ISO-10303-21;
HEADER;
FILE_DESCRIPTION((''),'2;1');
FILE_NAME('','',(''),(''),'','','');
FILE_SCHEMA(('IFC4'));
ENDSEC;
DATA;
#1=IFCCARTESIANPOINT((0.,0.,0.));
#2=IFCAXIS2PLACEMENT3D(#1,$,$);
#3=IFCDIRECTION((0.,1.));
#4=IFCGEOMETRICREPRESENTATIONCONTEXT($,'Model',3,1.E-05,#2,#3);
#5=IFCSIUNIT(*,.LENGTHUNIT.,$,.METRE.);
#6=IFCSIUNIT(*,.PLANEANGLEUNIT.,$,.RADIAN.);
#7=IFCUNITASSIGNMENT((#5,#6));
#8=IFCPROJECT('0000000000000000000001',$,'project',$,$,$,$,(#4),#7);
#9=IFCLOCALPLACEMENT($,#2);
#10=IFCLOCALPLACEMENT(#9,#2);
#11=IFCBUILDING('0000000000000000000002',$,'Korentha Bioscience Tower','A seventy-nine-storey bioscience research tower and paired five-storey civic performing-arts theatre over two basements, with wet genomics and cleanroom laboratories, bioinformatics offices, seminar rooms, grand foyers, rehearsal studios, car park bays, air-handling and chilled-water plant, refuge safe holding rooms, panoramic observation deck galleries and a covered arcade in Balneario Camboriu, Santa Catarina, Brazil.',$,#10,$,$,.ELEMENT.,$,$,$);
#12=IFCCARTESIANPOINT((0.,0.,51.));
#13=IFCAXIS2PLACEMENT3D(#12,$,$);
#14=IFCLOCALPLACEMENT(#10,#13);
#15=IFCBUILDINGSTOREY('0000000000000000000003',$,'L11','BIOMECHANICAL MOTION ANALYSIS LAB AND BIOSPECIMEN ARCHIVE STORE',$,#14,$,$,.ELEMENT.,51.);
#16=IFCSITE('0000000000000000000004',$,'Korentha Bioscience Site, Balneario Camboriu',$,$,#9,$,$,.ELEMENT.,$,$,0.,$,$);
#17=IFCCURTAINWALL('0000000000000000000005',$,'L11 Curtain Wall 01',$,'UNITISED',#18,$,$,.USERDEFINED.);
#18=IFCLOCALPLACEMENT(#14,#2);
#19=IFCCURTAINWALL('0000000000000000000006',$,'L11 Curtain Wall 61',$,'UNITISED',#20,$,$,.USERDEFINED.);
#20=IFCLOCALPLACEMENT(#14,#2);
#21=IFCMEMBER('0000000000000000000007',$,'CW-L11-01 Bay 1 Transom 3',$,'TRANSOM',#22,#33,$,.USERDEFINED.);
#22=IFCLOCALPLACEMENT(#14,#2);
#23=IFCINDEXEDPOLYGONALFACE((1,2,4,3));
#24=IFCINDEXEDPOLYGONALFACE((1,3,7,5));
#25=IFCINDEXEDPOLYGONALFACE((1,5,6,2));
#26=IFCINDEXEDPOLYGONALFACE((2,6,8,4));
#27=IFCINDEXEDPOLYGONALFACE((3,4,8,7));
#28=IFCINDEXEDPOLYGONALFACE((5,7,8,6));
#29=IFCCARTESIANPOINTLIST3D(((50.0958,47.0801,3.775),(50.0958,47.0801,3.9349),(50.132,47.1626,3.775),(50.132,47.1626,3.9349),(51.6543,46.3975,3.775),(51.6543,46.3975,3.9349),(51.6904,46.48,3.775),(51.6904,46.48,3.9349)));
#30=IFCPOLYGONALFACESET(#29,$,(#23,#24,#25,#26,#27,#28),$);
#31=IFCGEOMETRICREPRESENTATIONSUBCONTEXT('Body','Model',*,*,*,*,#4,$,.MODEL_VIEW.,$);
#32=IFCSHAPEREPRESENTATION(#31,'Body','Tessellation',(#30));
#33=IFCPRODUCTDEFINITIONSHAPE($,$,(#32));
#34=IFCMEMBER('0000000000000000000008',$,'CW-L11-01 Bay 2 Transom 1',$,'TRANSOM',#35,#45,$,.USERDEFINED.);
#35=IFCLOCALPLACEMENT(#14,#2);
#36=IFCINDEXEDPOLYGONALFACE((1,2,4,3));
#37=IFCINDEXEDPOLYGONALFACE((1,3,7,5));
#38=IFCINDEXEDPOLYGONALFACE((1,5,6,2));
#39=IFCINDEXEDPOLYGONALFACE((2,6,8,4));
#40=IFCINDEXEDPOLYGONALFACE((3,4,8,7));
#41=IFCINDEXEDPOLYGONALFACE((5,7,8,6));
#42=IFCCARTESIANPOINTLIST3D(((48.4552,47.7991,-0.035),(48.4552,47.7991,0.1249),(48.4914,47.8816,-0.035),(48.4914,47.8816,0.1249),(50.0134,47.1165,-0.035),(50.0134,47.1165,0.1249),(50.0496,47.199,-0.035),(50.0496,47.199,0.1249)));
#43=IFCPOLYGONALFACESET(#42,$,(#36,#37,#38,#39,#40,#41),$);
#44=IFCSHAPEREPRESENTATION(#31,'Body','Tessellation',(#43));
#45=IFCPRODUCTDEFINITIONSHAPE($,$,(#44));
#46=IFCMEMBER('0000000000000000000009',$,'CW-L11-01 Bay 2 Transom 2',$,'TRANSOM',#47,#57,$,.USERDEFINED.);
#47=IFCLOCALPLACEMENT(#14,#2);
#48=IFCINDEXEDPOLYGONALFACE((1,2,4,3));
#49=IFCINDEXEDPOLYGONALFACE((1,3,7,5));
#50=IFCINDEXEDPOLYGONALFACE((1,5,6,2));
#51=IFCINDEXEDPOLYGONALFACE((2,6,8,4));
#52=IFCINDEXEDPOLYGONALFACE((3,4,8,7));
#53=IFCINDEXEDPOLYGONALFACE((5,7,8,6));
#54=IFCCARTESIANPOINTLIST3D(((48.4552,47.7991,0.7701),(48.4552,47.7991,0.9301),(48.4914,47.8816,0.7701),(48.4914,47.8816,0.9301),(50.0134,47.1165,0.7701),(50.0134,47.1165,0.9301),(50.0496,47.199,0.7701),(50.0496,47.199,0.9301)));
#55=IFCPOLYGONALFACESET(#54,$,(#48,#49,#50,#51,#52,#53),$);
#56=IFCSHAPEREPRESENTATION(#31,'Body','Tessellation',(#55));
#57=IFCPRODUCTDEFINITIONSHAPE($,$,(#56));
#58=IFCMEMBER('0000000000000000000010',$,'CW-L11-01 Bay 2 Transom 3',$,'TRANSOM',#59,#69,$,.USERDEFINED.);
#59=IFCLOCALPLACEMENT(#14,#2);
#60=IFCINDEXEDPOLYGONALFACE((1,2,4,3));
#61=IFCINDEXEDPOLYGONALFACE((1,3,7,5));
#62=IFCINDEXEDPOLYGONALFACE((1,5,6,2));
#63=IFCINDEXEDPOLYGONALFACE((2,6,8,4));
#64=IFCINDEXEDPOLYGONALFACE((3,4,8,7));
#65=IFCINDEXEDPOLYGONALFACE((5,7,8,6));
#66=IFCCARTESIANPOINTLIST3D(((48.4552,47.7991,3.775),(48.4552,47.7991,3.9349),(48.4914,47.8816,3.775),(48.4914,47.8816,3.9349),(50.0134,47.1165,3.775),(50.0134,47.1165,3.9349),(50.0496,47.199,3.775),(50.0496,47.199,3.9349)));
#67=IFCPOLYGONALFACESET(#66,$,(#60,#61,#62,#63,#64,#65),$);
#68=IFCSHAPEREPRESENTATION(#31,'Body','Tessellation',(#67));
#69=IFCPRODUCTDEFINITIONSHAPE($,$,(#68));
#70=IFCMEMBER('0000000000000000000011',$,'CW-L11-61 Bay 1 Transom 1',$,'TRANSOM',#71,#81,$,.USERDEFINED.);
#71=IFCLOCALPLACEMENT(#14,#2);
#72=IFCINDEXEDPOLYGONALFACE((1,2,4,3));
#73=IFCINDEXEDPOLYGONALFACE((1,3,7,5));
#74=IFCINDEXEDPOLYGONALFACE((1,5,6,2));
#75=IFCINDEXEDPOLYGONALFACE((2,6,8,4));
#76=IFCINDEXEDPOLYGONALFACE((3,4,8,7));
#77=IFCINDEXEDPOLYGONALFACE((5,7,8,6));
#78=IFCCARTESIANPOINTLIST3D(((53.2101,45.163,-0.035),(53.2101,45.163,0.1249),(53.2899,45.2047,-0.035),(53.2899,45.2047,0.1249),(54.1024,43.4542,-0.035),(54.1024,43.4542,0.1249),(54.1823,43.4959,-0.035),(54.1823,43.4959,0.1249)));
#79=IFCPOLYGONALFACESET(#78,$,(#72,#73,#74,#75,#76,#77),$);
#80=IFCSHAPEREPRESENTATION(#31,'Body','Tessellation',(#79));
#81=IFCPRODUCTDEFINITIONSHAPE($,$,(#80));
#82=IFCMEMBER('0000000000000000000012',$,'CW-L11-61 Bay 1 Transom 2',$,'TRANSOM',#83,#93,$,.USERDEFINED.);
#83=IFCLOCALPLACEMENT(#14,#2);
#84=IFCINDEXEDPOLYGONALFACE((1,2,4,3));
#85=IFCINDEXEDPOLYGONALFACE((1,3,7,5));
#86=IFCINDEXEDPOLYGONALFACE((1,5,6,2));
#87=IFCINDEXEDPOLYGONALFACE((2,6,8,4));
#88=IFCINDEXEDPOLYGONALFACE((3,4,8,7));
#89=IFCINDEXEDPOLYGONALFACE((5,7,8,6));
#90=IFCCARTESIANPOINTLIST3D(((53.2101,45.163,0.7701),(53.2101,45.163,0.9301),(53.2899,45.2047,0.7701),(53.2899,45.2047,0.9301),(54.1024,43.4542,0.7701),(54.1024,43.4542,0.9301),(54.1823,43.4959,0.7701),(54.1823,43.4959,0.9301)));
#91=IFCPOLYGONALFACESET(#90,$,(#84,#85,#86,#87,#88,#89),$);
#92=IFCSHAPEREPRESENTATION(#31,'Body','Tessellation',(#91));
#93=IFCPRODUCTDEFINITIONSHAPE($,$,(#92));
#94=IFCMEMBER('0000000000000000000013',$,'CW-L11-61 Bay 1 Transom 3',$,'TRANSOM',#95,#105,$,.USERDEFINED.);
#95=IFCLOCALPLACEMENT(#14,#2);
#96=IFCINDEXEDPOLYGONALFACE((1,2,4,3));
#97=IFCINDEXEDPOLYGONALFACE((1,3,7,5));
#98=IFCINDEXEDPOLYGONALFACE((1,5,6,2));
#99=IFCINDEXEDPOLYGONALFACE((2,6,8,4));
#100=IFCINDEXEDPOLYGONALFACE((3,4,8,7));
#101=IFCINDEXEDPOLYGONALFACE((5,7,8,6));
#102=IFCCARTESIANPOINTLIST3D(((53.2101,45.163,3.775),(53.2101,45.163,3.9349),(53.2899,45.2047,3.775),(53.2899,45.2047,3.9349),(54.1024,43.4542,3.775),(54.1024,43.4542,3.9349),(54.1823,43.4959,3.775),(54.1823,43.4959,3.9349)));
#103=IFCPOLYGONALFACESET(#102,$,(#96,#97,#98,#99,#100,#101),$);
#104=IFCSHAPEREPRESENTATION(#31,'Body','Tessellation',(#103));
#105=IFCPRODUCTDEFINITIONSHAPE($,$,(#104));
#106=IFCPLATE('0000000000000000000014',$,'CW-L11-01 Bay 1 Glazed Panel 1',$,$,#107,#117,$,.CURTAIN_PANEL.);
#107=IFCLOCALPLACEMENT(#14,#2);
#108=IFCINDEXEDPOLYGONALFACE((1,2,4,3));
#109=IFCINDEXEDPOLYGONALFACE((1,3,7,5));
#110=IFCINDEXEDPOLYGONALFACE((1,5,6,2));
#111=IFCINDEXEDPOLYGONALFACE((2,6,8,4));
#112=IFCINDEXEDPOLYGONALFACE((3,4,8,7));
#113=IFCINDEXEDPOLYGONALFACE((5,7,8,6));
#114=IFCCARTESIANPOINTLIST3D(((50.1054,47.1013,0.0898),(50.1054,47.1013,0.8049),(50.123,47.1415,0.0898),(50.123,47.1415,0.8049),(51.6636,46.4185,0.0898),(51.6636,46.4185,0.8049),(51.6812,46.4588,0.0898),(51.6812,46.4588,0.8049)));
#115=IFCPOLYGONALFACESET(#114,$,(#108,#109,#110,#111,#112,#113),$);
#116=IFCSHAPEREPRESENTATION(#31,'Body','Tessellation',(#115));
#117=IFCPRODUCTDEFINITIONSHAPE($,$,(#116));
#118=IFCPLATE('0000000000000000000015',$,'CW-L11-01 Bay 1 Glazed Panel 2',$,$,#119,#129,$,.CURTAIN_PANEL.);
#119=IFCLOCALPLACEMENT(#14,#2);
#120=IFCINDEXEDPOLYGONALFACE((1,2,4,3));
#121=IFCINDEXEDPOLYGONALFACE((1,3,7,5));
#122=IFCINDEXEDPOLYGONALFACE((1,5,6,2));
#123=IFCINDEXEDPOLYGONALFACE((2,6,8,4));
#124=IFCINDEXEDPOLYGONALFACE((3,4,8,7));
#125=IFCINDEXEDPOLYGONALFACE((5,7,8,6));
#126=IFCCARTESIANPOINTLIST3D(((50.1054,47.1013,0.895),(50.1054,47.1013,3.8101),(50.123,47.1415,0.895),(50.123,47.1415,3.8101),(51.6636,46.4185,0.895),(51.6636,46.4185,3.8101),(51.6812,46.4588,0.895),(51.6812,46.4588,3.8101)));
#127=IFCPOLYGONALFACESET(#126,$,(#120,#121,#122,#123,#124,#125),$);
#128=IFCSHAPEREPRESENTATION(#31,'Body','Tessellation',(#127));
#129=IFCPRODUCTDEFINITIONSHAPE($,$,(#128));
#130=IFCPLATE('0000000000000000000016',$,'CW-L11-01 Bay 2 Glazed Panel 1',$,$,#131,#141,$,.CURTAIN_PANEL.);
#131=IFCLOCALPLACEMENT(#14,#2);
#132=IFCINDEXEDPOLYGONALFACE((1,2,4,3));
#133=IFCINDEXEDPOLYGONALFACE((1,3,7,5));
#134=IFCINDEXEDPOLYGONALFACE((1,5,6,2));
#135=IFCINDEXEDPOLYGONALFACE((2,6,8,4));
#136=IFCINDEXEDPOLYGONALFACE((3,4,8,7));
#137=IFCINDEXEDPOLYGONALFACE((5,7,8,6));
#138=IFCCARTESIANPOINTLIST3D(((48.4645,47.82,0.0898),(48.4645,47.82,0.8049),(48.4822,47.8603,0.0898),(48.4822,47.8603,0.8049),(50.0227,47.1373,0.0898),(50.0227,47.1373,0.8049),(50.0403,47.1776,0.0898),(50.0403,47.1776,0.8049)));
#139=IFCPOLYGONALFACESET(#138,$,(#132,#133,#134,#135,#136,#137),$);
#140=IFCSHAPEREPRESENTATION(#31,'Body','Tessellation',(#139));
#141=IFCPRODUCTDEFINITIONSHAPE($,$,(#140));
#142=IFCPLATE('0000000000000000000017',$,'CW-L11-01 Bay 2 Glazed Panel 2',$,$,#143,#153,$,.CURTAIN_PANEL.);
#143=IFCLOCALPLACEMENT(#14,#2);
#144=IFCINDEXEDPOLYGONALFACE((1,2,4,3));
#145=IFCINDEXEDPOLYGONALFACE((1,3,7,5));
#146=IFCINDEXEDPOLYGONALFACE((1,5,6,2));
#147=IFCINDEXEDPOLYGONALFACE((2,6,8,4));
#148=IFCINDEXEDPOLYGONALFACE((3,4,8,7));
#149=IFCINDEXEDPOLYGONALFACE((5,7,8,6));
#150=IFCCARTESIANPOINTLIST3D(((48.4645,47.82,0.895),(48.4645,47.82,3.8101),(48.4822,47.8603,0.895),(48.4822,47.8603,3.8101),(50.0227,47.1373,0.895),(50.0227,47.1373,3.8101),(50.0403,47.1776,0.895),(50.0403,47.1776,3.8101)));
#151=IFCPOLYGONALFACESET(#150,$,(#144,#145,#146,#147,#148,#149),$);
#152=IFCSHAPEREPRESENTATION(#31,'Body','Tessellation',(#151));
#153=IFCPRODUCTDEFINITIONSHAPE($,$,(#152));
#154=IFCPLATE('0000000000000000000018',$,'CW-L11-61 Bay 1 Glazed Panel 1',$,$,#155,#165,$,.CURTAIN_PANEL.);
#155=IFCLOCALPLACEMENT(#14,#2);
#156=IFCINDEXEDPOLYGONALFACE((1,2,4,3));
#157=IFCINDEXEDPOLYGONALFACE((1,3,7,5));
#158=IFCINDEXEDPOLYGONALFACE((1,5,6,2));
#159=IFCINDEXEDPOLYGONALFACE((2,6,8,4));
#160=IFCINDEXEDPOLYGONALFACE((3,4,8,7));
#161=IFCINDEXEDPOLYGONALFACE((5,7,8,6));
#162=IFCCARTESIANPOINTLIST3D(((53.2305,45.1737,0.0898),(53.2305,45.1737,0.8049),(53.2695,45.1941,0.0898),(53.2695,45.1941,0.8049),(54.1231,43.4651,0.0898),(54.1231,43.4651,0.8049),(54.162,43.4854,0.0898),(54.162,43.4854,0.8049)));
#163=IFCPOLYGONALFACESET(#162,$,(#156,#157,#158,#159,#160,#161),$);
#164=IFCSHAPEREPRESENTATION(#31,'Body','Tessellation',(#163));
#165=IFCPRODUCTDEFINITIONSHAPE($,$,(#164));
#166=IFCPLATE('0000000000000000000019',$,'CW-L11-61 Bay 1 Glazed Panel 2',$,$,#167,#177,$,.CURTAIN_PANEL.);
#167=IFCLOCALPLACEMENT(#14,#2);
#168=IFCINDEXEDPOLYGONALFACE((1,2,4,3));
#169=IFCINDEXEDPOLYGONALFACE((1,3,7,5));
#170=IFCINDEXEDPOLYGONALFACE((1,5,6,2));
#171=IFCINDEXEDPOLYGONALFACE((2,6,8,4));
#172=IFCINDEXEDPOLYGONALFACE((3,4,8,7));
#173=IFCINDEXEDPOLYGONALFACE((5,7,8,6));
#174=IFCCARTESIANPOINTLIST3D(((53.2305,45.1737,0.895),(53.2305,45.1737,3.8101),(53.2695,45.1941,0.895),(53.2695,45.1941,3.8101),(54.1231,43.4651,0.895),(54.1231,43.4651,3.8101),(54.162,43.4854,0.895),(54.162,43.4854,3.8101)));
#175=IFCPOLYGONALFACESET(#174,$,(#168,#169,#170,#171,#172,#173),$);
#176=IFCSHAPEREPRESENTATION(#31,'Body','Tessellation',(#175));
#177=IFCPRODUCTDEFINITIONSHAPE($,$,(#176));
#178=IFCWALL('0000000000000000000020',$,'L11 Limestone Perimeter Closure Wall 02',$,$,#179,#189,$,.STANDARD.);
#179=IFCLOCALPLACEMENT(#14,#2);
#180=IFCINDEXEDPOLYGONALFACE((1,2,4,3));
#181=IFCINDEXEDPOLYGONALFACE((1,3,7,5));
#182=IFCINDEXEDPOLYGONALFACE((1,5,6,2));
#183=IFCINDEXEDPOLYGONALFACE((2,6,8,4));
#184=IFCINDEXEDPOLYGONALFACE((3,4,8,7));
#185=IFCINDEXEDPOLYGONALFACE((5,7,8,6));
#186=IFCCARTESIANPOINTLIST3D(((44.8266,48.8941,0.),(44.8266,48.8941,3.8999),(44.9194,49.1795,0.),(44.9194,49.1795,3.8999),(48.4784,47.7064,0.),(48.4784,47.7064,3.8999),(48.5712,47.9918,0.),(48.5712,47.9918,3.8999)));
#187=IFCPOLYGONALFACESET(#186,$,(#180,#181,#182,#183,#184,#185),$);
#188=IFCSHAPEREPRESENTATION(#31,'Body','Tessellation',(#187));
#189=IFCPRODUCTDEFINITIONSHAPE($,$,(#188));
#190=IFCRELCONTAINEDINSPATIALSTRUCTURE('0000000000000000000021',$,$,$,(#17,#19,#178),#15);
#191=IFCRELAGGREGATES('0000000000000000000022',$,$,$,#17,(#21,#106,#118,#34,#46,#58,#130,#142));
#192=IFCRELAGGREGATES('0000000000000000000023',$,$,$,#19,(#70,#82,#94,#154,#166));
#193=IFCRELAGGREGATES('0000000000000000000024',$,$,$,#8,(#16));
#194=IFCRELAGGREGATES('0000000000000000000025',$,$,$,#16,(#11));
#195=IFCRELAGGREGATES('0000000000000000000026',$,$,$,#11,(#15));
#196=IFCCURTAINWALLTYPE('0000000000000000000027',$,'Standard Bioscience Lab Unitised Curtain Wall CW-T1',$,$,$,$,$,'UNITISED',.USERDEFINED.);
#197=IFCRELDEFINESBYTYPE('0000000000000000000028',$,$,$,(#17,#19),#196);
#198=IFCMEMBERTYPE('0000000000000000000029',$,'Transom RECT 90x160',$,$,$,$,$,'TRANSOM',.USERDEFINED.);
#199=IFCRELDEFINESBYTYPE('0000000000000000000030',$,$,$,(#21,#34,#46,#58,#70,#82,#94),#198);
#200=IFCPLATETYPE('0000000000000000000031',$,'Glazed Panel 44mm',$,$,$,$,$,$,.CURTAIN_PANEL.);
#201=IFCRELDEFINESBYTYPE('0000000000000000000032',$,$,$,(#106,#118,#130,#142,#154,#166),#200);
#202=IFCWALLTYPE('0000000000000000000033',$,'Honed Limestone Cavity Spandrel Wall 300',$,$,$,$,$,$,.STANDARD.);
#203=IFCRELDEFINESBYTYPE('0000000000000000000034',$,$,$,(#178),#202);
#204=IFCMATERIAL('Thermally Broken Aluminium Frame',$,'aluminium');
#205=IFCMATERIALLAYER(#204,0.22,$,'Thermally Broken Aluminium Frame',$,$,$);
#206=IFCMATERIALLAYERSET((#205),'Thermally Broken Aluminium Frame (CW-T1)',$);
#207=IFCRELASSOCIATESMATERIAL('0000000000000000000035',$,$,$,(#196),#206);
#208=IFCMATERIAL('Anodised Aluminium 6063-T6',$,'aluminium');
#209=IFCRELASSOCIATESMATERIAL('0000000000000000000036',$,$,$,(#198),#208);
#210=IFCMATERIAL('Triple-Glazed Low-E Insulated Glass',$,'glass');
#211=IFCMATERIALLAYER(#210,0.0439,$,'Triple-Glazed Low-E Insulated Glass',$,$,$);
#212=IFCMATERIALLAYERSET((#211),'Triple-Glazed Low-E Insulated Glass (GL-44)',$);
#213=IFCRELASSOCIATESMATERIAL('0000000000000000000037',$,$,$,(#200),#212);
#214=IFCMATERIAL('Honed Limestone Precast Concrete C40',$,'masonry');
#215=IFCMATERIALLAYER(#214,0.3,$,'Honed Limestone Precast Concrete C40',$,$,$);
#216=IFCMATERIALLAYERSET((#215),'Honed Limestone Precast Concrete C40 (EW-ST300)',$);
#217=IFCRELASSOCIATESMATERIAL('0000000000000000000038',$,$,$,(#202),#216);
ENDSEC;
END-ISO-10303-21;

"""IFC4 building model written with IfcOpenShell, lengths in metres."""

from ifc_helpers import new_model, si_unit, direction, frame, frame_2d, origin, origin_2d, place, context, subcontext, project, spatial, rectangle, extrude, material, layer, layer_set, material_profile, profile_set, type_object, element, aggregate, save


model = new_model("IFC4")

# Units and contexts
model_context = context("Model", 3, precision=1e-05, world=origin(), true_north=direction((0.0, 1.0)))
body_context = subcontext(model_context, "Body", "Model", "MODEL_VIEW")
ifc_project = project(units=[si_unit("LENGTHUNIT", "METRE"), si_unit("PLANEANGLEUNIT", "RADIAN")], contexts=[model_context])

# Site, building, storey
site_placement = place(None, origin())
site = spatial("IfcSite", under=ifc_project, at=site_placement, Name="Korentha Bioscience Site, Balneario Camboriu", CompositionType="ELEMENT", RefElevation=0.0)
building_placement = place(site_placement, origin())
building = spatial("IfcBuilding", under=site, at=building_placement, Name="Korentha Bioscience Tower", Description="A seventy-nine-storey bioscience research tower and paired five-storey civic performing-arts theatre over two basements, with wet genomics and cleanroom laboratories, bioinformatics offices, seminar rooms, grand foyers, rehearsal studios, car park bays, air-handling and chilled-water plant, refuge safe holding rooms, panoramic observation deck galleries and a covered arcade in Balneario Camboriu, Santa Catarina, Brazil.", CompositionType="ELEMENT")
storey_placement = place(building_placement, frame((0.0, 0.0, 51.0)))
storey = spatial("IfcBuildingStorey", under=building, at=storey_placement, Name="L11", Description="BIOMECHANICAL MOTION ANALYSIS LAB AND BIOSPECIMEN ARCHIVE STORE", CompositionType="ELEMENT", Elevation=51.0)

# Curtain walls
ifc_material_1 = material(Name="Thermally Broken Aluminium Frame", Category="aluminium")
ifc_layer_1 = layer(ifc_material_1, 0.22, Name="Thermally Broken Aluminium Frame")
ifc_layer_set_1 = layer_set([ifc_layer_1], Name="Thermally Broken Aluminium Frame (CW-T1)")
curtain_wall_type = type_object("IfcCurtainWallType", Name="Standard Bioscience Lab Unitised Curtain Wall CW-T1", ElementType="UNITISED", PredefinedType="USERDEFINED", material=ifc_layer_set_1)
curtain_wall_1_placement = place(storey_placement, origin())
curtain_wall_1 = element("IfcCurtainWall", 1, at=curtain_wall_1_placement, inside=storey, type_object=curtain_wall_type, Name="L11 Curtain Wall 01", ObjectType="UNITISED", PredefinedType="USERDEFINED")
ifc_material_2 = material(Name="Anodised Aluminium 6063-T6", Category="aluminium")
curtain_wall_2_placement = place(storey_placement, origin())
curtain_wall_2 = element("IfcCurtainWall", 2, at=curtain_wall_2_placement, inside=storey, type_object=curtain_wall_type, Name="L11 Curtain Wall 61", ObjectType="UNITISED", PredefinedType="USERDEFINED")

# Members
ifc_material_profile_1 = material_profile(ifc_material_2, rectangle(XDim=0.0901, YDim=0.1599, at=origin_2d()), Name="Anodised Aluminium 6063-T6")
ifc_profile_set_1 = profile_set([ifc_material_profile_1], Name="Anodised Aluminium 6063-T6 (CW-TRN)")
member_type_1 = type_object("IfcMemberType", Name="Transom RECT 90x160", ElementType="TRANSOM", PredefinedType="USERDEFINED", material=ifc_profile_set_1)
member_1_placement = place(storey_placement, frame((51.6724, 46.4387, 3.855), z_axis=(-0.915976, 0.401233, 0.0), x_axis=(-0.401233, -0.915976, 0.0)))
member_1 = element("IfcMember", 3, at=member_1_placement, type_object=member_type_1, Name="CW-L11-01 Bay 1 Transom 3", ObjectType="TRANSOM", PredefinedType="USERDEFINED", context=body_context, shape_type="SweptSolid", body=[
    extrude(rectangle(XDim=0.0901, YDim=0.1599, at=origin_2d()), origin(), (0.0, 0.0, 1.0), 1.7014),
])
member_2_placement = place(storey_placement, frame((50.0315, 47.1577, 0.0449), z_axis=(-0.915953, 0.401286, 0.0), x_axis=(-0.401286, -0.915953, 0.0)))
member_2 = element("IfcMember", 4, at=member_2_placement, type_object=member_type_1, Name="CW-L11-01 Bay 2 Transom 1", ObjectType="TRANSOM", PredefinedType="USERDEFINED", context=body_context, shape_type="SweptSolid", body=[
    extrude(rectangle(XDim=0.0901, YDim=0.1599, at=origin_2d()), origin(), (0.0, 0.0, 1.0), 1.7012),
])
member_3_placement = place(storey_placement, frame((50.0315, 47.1577, 0.8501), z_axis=(-0.915953, 0.401286, 0.0), x_axis=(-0.401286, -0.915953, 0.0)))
member_3 = element("IfcMember", 5, at=member_3_placement, type_object=member_type_1, Name="CW-L11-01 Bay 2 Transom 2", ObjectType="TRANSOM", PredefinedType="USERDEFINED", context=body_context, shape_type="SweptSolid", body=[
    extrude(rectangle(XDim=0.0901, YDim=0.1599, at=origin_2d()), origin(), (0.0, 0.0, 1.0), 1.7012),
])
member_4_placement = place(storey_placement, frame((50.0315, 47.1577, 3.855), z_axis=(-0.915953, 0.401286, 0.0), x_axis=(-0.401286, -0.915953, 0.0)))
member_4 = element("IfcMember", 6, at=member_4_placement, type_object=member_type_1, Name="CW-L11-01 Bay 2 Transom 3", ObjectType="TRANSOM", PredefinedType="USERDEFINED", context=body_context, shape_type="SweptSolid", body=[
    extrude(rectangle(XDim=0.0901, YDim=0.1599, at=origin_2d()), origin(), (0.0, 0.0, 1.0), 1.7012),
])
member_5_placement = place(storey_placement, frame((54.1423, 43.4751, 0.0449), z_axis=(-0.462899, 0.886411, 0.0), x_axis=(-0.886411, -0.462899, 0.0)))
member_5 = element("IfcMember", 7, at=member_5_placement, type_object=member_type_1, Name="CW-L11-61 Bay 1 Transom 1", ObjectType="TRANSOM", PredefinedType="USERDEFINED", context=body_context, shape_type="SweptSolid", body=[
    extrude(rectangle(XDim=0.0901, YDim=0.1599, at=origin_2d()), origin(), (0.0, 0.0, 1.0), 1.9277),
])
member_6_placement = place(storey_placement, frame((54.1423, 43.4751, 0.8501), z_axis=(-0.462899, 0.886411, 0.0), x_axis=(-0.886411, -0.462899, 0.0)))
member_6 = element("IfcMember", 8, at=member_6_placement, type_object=member_type_1, Name="CW-L11-61 Bay 1 Transom 2", ObjectType="TRANSOM", PredefinedType="USERDEFINED", context=body_context, shape_type="SweptSolid", body=[
    extrude(rectangle(XDim=0.0901, YDim=0.1599, at=origin_2d()), origin(), (0.0, 0.0, 1.0), 1.9277),
])
member_7_placement = place(storey_placement, frame((54.1423, 43.4751, 3.855), z_axis=(-0.462899, 0.886411, 0.0), x_axis=(-0.886411, -0.462899, 0.0)))
member_7 = element("IfcMember", 9, at=member_7_placement, type_object=member_type_1, Name="CW-L11-61 Bay 1 Transom 3", ObjectType="TRANSOM", PredefinedType="USERDEFINED", context=body_context, shape_type="SweptSolid", body=[
    extrude(rectangle(XDim=0.0901, YDim=0.1599, at=origin_2d()), origin(), (0.0, 0.0, 1.0), 1.9277),
])

# Plates
ifc_material_3 = material(Name="Triple-Glazed Low-E Insulated Glass", Category="glass")
ifc_layer_2 = layer(ifc_material_3, 0.0439, Name="Triple-Glazed Low-E Insulated Glass")
ifc_layer_set_2 = layer_set([ifc_layer_2], Name="Triple-Glazed Low-E Insulated Glass (GL-44)")
plate_type = type_object("IfcPlateType", Name="Glazed Panel 44mm", PredefinedType="CURTAIN_PANEL", material=ifc_layer_set_2)
plate_1_placement = place(storey_placement, frame((50.8933, 46.78, 0.0898), z_axis=(0.0, 0.0, 1.0), x_axis=(-0.915939, 0.401317, 0.0)))
plate_1 = element("IfcPlate", 10, at=plate_1_placement, type_object=plate_type, Name="CW-L11-01 Bay 1 Glazed Panel 1", PredefinedType="CURTAIN_PANEL", context=body_context, shape_type="SweptSolid", body=[
    extrude(rectangle(XDim=1.7012, YDim=0.0439, at=origin_2d()), origin(), (0.0, 0.0, 1.0), 0.7151),
])
plate_2_placement = place(storey_placement, frame((50.8933, 46.78, 0.895), z_axis=(0.0, 0.0, 1.0), x_axis=(-0.915939, 0.401317, 0.0)))
plate_2 = element("IfcPlate", 11, at=plate_2_placement, type_object=plate_type, Name="CW-L11-01 Bay 1 Glazed Panel 2", PredefinedType="CURTAIN_PANEL", context=body_context, shape_type="SweptSolid", body=[
    extrude(rectangle(XDim=1.7012, YDim=0.0439, at=origin_2d()), origin(), (0.0, 0.0, 1.0), 2.915),
])
plate_3_placement = place(storey_placement, frame((49.2524, 47.4988, 0.0898), z_axis=(0.0, 0.0, 1.0), x_axis=(-0.915939, 0.401317, 0.0)))
plate_3 = element("IfcPlate", 12, at=plate_3_placement, type_object=plate_type, Name="CW-L11-01 Bay 2 Glazed Panel 1", PredefinedType="CURTAIN_PANEL", context=body_context, shape_type="SweptSolid", body=[
    extrude(rectangle(XDim=1.7012, YDim=0.0439, at=origin_2d()), origin(), (0.0, 0.0, 1.0), 0.7151),
])
plate_4_placement = place(storey_placement, frame((49.2524, 47.4988, 0.895), z_axis=(0.0, 0.0, 1.0), x_axis=(-0.915939, 0.401317, 0.0)))
plate_4 = element("IfcPlate", 13, at=plate_4_placement, type_object=plate_type, Name="CW-L11-01 Bay 2 Glazed Panel 2", PredefinedType="CURTAIN_PANEL", context=body_context, shape_type="SweptSolid", body=[
    extrude(rectangle(XDim=1.7012, YDim=0.0439, at=origin_2d()), origin(), (0.0, 0.0, 1.0), 2.915),
])
aggregate(curtain_wall_1, [member_1, plate_1, plate_2, member_2, member_3, member_4, plate_3, plate_4])
plate_5_placement = place(storey_placement, frame((53.6963, 44.3296, 0.0898), z_axis=(0.0, 0.0, 1.0), x_axis=(-0.463009, 0.886354, 0.0)))
plate_5 = element("IfcPlate", 14, at=plate_5_placement, type_object=plate_type, Name="CW-L11-61 Bay 1 Glazed Panel 1", PredefinedType="CURTAIN_PANEL", context=body_context, shape_type="SweptSolid", body=[
    extrude(rectangle(XDim=1.9277, YDim=0.0439, at=origin_2d()), origin(), (0.0, 0.0, 1.0), 0.7151),
])
plate_6_placement = place(storey_placement, frame((53.6963, 44.3296, 0.895), z_axis=(0.0, 0.0, 1.0), x_axis=(-0.463009, 0.886354, 0.0)))
plate_6 = element("IfcPlate", 15, at=plate_6_placement, type_object=plate_type, Name="CW-L11-61 Bay 1 Glazed Panel 2", PredefinedType="CURTAIN_PANEL", context=body_context, shape_type="SweptSolid", body=[
    extrude(rectangle(XDim=1.9277, YDim=0.0439, at=origin_2d()), origin(), (0.0, 0.0, 1.0), 2.915),
])
aggregate(curtain_wall_2, [member_5, member_6, member_7, plate_5, plate_6])

# Wall
ifc_material_4 = material(Name="Honed Limestone Precast Concrete C40", Category="masonry")
ifc_layer_3 = layer(ifc_material_4, 0.3, Name="Honed Limestone Precast Concrete C40")
ifc_layer_set_3 = layer_set([ifc_layer_3], Name="Honed Limestone Precast Concrete C40 (EW-ST300)")
wall_type_1 = type_object("IfcWallType", Name="Honed Limestone Cavity Spandrel Wall 300", PredefinedType="STANDARD", material=ifc_layer_set_3)
wall_1_placement = place(storey_placement, frame((48.5247, 47.8491, 0.0), z_axis=(0.0, 0.0, 1.0), x_axis=(-0.950966, 0.309296, 0.0)))
element("IfcWall", 16, at=wall_1_placement, inside=storey, type_object=wall_type_1, Name="L11 Limestone Perimeter Closure Wall 02", PredefinedType="STANDARD", context=body_context, shape_type="SweptSolid", body=[
    extrude(rectangle(XDim=3.8401, YDim=0.3, at=frame_2d((1.9199, 0.0))), origin(), (0.0, 0.0, 1.0), 3.8999),
])

save(model, "model.ifc")
